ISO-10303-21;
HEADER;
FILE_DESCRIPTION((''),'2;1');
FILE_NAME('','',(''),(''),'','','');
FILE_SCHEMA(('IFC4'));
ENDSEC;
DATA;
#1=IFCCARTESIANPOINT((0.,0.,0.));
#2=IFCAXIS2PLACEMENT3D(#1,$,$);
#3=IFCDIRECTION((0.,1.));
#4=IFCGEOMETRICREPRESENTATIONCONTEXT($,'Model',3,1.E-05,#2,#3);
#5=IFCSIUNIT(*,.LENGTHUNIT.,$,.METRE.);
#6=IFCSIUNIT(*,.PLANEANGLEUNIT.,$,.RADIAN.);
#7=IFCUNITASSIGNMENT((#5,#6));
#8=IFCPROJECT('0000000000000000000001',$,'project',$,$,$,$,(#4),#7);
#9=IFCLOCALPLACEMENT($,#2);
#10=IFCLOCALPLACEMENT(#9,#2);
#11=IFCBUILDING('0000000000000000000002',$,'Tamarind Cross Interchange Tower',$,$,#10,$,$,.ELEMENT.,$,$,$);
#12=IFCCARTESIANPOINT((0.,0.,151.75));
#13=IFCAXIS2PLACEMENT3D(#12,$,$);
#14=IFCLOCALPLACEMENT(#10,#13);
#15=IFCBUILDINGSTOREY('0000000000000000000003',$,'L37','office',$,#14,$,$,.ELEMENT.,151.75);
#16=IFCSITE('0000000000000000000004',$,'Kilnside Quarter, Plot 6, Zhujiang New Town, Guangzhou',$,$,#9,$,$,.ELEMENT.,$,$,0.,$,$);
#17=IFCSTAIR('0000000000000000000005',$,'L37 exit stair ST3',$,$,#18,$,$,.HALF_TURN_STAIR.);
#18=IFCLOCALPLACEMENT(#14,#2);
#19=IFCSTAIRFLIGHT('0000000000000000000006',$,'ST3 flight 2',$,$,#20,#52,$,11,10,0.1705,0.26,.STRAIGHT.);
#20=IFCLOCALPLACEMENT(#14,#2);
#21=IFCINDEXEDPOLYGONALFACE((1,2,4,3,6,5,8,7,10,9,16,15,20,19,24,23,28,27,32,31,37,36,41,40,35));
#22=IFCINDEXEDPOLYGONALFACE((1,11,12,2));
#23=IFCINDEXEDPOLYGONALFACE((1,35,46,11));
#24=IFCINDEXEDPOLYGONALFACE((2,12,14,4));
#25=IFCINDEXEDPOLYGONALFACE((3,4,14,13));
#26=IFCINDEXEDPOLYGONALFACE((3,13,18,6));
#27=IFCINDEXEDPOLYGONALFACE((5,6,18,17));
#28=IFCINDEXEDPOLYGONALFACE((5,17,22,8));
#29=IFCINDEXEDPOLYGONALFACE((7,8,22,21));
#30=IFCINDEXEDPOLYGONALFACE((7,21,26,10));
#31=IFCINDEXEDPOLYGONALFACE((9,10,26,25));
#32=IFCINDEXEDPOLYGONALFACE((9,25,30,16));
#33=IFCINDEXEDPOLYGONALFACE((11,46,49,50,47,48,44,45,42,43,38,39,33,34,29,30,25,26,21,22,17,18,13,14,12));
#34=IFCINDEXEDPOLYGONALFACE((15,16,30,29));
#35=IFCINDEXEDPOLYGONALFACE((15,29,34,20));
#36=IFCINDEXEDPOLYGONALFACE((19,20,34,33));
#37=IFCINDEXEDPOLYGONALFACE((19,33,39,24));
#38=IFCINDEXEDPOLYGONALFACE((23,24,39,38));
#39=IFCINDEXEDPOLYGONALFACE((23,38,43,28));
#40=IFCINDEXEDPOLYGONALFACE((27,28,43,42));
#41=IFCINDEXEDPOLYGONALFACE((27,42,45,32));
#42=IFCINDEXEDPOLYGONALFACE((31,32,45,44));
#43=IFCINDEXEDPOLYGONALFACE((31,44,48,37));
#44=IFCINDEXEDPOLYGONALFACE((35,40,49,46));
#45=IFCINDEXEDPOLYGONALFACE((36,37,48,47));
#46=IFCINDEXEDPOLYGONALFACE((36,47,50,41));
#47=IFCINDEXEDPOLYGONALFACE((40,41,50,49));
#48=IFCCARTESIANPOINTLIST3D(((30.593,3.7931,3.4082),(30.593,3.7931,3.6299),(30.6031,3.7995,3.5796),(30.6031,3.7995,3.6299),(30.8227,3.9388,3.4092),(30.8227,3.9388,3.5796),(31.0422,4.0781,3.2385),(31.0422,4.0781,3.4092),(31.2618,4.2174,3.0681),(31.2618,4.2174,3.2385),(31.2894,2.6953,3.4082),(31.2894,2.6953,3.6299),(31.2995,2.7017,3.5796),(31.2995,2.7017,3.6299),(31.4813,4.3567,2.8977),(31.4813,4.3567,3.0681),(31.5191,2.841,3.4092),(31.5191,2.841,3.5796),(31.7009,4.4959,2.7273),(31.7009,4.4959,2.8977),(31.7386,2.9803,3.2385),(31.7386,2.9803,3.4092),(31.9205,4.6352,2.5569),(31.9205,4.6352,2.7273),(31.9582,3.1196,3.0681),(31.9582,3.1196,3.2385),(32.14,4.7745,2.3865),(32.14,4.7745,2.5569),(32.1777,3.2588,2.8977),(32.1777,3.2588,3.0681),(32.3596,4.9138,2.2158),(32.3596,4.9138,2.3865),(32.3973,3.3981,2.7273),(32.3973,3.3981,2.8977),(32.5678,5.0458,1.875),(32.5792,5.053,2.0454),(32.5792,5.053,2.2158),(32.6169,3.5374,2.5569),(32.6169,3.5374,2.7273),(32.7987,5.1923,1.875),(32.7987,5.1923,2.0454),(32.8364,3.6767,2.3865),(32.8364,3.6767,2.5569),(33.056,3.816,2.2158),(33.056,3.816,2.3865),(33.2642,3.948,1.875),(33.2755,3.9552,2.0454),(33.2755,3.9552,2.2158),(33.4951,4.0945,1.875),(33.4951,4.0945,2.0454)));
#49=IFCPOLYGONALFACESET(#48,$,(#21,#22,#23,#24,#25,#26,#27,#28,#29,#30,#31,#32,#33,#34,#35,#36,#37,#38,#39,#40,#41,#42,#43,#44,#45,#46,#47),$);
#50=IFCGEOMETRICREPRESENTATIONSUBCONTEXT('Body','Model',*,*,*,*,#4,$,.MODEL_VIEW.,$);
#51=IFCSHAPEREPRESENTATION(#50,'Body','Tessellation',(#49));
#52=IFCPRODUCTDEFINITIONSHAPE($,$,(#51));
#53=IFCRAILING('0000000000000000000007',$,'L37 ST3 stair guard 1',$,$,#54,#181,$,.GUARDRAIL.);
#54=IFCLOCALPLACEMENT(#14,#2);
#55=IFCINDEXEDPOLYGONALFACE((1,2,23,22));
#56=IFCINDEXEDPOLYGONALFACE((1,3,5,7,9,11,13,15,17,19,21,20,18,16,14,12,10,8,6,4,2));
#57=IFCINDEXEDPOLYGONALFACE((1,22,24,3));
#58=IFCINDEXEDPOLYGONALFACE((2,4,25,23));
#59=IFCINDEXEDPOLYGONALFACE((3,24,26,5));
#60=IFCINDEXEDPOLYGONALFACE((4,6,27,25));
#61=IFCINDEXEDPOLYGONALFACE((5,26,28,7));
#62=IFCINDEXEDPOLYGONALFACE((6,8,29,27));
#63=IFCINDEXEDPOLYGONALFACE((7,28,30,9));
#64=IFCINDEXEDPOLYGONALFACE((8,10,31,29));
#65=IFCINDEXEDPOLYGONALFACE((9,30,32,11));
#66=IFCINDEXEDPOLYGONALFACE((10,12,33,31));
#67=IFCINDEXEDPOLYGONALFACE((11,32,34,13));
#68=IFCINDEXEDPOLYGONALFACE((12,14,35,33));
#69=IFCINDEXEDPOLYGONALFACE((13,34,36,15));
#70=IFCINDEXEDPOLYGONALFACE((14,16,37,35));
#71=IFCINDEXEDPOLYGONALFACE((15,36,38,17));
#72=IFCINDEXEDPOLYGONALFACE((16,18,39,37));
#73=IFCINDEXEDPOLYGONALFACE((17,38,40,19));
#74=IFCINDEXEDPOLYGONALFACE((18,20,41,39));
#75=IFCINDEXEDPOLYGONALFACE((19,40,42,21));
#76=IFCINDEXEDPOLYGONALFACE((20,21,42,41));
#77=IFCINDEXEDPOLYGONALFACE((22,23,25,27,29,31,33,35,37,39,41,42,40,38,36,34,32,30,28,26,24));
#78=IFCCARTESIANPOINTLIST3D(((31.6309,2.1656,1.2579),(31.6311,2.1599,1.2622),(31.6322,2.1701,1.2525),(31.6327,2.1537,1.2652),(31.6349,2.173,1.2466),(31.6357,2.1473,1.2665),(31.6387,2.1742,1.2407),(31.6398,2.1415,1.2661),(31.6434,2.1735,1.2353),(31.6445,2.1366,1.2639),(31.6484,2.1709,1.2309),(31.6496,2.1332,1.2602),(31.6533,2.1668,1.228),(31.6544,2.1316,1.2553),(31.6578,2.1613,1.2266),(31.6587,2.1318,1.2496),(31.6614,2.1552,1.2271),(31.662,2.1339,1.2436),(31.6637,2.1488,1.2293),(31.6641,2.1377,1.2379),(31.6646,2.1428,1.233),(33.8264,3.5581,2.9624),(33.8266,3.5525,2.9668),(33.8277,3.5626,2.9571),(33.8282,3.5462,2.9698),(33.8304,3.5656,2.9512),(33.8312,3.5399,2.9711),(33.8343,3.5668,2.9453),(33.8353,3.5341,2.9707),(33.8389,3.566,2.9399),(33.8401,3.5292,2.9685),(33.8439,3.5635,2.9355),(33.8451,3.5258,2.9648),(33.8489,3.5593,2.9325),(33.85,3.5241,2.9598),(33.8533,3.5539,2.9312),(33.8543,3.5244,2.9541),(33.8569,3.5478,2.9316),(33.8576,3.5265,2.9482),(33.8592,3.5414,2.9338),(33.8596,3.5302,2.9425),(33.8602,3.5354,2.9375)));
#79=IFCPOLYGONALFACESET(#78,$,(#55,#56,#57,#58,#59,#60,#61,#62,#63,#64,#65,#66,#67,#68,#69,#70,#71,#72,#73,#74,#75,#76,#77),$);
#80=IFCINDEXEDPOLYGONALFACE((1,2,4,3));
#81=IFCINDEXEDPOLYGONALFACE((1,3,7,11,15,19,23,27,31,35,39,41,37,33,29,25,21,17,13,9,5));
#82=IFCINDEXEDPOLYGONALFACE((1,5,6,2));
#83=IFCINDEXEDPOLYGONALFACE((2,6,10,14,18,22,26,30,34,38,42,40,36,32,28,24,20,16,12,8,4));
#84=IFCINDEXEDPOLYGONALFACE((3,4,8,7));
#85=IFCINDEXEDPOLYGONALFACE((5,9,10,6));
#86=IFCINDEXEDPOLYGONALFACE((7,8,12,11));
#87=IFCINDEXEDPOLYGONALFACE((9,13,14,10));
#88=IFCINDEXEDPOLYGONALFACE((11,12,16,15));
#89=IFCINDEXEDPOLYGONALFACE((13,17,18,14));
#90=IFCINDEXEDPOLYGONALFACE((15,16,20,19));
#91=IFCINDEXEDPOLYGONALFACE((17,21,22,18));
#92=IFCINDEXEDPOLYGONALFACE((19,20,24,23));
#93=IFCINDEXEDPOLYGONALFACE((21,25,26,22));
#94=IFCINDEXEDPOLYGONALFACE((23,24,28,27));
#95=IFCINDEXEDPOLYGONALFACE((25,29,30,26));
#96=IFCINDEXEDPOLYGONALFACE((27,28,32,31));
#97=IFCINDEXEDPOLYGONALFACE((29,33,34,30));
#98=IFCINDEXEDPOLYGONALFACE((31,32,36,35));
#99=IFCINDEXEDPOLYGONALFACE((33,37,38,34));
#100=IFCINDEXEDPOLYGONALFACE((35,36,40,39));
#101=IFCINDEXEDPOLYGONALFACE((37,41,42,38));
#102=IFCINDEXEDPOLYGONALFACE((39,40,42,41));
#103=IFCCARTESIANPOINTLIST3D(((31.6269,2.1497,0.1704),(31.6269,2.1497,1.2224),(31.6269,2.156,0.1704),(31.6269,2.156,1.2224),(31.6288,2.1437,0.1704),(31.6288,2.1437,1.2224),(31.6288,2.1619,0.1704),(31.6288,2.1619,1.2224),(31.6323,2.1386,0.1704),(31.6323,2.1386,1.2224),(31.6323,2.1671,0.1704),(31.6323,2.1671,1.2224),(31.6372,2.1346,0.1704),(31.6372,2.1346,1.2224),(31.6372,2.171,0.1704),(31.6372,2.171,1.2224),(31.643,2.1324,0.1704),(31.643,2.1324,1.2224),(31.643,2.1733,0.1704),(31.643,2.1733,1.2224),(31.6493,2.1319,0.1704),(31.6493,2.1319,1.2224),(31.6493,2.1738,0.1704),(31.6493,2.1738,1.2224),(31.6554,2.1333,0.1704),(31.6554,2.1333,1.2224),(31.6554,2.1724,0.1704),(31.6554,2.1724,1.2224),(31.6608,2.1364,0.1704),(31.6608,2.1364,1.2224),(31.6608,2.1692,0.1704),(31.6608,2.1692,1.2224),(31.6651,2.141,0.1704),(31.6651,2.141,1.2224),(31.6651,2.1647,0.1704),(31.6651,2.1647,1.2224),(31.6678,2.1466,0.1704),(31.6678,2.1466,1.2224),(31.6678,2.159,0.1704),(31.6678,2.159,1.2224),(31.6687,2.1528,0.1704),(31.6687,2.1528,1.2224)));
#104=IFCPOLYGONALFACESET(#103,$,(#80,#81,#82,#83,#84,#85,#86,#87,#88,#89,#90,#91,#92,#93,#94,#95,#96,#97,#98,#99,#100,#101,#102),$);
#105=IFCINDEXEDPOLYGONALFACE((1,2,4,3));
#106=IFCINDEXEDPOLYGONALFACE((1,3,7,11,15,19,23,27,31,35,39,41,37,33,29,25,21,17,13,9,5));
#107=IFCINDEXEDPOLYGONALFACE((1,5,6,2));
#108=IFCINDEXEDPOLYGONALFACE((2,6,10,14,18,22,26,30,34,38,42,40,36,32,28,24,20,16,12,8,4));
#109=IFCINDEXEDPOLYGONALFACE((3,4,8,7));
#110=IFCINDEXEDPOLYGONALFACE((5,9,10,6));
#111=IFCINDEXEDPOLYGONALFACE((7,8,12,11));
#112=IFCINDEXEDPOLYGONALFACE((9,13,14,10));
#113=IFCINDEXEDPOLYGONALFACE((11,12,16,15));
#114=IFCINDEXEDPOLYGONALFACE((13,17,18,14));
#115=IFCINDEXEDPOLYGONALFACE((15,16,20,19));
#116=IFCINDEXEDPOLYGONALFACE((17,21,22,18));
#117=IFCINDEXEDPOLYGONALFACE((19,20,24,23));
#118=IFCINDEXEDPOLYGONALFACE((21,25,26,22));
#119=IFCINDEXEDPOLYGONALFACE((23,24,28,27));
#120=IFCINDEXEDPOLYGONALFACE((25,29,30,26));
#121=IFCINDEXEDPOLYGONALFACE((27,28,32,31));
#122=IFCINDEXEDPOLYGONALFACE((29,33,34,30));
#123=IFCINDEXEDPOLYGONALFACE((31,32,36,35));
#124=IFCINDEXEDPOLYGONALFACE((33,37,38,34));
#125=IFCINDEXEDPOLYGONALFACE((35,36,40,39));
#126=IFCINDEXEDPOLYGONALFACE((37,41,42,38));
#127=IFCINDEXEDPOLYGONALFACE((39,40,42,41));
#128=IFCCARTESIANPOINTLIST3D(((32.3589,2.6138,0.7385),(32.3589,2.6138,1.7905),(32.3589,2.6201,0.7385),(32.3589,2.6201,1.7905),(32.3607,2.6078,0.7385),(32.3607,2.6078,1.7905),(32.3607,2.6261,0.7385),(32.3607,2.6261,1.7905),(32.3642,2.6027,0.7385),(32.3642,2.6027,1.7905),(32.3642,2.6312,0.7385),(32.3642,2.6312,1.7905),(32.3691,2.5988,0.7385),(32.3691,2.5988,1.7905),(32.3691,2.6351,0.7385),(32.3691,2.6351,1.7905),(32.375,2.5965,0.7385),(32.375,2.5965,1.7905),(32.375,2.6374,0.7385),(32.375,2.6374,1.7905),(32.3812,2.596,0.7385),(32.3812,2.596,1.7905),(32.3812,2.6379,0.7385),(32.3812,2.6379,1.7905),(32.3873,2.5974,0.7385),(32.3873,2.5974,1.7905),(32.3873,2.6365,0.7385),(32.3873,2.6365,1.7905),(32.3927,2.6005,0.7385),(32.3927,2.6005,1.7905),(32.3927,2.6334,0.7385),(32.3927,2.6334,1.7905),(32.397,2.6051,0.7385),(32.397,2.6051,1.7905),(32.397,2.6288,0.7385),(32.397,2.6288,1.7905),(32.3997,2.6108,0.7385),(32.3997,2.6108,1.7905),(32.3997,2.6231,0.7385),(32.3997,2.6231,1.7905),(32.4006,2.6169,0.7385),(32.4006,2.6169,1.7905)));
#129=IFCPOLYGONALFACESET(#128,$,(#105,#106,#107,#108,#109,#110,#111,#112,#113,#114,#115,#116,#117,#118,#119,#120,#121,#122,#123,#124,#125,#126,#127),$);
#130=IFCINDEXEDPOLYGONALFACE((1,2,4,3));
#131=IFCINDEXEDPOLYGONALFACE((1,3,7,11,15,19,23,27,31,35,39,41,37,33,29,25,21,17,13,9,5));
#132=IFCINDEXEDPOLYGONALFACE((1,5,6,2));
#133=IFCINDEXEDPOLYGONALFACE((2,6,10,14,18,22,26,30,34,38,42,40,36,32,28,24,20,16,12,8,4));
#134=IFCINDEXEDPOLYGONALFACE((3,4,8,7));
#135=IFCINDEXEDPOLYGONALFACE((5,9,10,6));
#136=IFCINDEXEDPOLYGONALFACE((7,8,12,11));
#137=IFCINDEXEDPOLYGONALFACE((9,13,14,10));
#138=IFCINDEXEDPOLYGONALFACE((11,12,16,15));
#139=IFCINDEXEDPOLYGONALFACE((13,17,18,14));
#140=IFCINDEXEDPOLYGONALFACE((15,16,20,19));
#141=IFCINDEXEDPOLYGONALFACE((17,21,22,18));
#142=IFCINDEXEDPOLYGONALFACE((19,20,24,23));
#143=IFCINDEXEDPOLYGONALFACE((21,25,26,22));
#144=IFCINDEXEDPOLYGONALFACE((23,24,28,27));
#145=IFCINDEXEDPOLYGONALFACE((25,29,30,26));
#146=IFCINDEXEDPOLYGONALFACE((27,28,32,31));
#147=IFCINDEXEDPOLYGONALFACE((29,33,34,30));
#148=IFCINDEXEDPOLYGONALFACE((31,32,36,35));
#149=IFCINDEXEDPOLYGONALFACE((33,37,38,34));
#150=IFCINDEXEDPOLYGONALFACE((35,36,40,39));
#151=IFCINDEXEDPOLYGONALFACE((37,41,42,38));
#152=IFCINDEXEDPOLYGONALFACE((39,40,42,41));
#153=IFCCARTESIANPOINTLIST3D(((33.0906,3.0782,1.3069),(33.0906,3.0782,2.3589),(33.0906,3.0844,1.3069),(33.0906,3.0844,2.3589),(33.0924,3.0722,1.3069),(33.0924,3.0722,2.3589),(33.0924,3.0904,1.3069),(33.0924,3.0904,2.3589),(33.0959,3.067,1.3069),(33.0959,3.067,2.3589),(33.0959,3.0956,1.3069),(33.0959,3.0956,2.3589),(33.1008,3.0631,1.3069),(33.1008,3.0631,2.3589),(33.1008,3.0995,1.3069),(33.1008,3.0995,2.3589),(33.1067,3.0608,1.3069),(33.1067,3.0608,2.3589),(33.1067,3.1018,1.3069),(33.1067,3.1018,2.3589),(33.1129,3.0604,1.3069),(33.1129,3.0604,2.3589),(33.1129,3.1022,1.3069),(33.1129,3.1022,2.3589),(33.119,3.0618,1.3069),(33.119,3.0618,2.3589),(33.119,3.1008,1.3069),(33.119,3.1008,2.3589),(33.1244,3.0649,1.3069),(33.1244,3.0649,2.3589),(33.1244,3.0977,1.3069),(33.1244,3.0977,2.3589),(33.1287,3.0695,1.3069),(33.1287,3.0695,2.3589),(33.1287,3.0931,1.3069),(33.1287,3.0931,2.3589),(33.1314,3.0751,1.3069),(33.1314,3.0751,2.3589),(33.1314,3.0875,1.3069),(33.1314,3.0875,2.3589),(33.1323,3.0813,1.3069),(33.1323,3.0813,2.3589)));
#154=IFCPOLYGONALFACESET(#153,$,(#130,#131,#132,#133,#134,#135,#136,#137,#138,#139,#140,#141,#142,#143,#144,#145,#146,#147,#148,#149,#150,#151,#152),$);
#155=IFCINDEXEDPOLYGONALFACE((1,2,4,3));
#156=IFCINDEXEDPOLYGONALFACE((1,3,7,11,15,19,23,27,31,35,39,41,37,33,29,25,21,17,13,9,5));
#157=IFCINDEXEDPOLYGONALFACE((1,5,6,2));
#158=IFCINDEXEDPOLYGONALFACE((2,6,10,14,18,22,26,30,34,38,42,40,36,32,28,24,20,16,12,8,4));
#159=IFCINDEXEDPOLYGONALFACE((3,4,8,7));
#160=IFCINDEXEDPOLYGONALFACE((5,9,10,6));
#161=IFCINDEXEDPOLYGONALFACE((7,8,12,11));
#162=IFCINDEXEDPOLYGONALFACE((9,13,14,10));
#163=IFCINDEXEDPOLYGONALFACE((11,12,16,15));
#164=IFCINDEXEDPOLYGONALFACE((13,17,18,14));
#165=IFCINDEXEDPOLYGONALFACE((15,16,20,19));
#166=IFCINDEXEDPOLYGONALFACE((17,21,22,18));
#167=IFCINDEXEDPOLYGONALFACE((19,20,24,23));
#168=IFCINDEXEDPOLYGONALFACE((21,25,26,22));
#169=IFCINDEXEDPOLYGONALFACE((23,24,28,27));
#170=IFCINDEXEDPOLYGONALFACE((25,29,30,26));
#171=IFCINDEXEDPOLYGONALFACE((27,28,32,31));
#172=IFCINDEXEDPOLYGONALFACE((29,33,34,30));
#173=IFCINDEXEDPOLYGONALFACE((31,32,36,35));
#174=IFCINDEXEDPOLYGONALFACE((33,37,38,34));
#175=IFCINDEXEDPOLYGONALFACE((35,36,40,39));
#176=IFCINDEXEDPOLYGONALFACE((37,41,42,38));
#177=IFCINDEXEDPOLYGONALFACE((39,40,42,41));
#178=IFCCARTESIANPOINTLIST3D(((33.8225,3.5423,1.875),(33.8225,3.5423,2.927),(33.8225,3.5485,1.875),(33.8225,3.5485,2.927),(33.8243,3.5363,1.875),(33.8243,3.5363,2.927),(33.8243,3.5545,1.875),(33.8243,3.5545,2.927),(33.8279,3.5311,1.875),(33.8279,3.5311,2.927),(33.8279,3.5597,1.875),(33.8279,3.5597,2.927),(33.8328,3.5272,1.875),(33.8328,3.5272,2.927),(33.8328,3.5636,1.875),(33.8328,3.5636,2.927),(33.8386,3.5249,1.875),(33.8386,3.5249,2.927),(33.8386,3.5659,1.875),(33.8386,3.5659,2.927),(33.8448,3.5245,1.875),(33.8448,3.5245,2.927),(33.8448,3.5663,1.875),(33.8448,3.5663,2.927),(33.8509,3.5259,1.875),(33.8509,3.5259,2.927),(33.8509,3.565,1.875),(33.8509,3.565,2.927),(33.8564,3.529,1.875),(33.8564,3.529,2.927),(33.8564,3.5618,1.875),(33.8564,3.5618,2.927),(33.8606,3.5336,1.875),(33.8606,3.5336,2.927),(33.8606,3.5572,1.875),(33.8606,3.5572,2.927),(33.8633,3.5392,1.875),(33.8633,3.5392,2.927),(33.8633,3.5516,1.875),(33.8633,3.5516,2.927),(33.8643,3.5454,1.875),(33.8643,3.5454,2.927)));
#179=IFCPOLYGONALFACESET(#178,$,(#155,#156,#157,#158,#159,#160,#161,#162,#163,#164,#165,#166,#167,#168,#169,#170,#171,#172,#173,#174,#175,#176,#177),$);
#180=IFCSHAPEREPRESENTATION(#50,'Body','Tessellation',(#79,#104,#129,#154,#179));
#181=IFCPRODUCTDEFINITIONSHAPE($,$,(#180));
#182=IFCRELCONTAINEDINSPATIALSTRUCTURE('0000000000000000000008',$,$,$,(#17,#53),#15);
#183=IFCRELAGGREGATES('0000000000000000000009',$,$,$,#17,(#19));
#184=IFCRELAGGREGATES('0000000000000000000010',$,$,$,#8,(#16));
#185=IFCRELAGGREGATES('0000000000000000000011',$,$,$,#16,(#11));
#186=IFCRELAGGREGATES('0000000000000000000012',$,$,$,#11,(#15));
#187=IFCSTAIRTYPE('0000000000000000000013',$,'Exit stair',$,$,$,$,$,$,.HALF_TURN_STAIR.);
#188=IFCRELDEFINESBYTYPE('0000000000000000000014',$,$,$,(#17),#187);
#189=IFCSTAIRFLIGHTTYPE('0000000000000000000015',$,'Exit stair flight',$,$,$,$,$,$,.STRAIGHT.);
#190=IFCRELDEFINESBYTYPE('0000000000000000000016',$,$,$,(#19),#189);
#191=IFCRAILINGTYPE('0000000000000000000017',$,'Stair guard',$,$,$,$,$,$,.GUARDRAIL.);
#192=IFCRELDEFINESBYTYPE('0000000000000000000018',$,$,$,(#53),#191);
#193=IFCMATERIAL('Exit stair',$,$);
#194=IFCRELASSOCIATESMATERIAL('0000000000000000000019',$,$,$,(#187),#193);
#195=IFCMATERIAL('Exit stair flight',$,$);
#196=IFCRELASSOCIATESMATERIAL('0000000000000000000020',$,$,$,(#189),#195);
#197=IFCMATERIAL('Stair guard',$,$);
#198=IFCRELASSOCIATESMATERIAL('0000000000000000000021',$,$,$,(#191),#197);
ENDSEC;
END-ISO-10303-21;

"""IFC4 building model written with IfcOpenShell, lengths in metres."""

from ifc_helpers import new_model, si_unit, direction, frame, origin, origin_2d, place, context, subcontext, project, spatial, polyline, circle, outline, extrude, material, type_object, element, aggregate, save


model = new_model("IFC4")

# Units and contexts
model_context = context("Model", 3, precision=1e-05, world=origin(), true_north=direction((0.0, 1.0)))
body_context = subcontext(model_context, "Body", "Model", "MODEL_VIEW")
ifc_project = project(units=[si_unit("LENGTHUNIT", "METRE"), si_unit("PLANEANGLEUNIT", "RADIAN")], contexts=[model_context])

# Site, building, storey
site_placement = place(None, origin())
site = spatial("IfcSite", under=ifc_project, at=site_placement, Name="Kilnside Quarter, Plot 6, Zhujiang New Town, Guangzhou", CompositionType="ELEMENT", RefElevation=0.0)
building_placement = place(site_placement, origin())
building = spatial("IfcBuilding", under=site, at=building_placement, Name="Tamarind Cross Interchange Tower", CompositionType="ELEMENT")
storey_placement = place(building_placement, frame((0.0, 0.0, 151.75)))
storey = spatial("IfcBuildingStorey", under=building, at=storey_placement, Name="L37", Description="office", CompositionType="ELEMENT", Elevation=151.75)

# Stair, stair flight
ifc_material_1 = material(Name="Exit stair")
stair_type = type_object("IfcStairType", Name="Exit stair", PredefinedType="HALF_TURN_STAIR", material=ifc_material_1)
stair_placement = place(storey_placement, origin())
stair = element("IfcStair", 1, at=stair_placement, inside=storey, type_object=stair_type, Name="L37 exit stair ST3", PredefinedType="HALF_TURN_STAIR")
ifc_material_2 = material(Name="Exit stair flight")
stair_flight_type = type_object("IfcStairFlightType", Name="Exit stair flight", PredefinedType="STRAIGHT", material=ifc_material_2)
stair_flight_1_placement = place(storey_placement, frame((33.147, 4.6433, 1.875), z_axis=(0.0, 0.0, 1.0), x_axis=(-0.844433, -0.535662, 0.0)))
stair_flight_1 = element("IfcStairFlight", 2, at=stair_flight_1_placement, type_object=stair_flight_type, Name="ST3 flight 2", NumberOfRisers=11, NumberOfTreads=10, PredefinedType="STRAIGHT", RiserHeight=0.1705, TreadLength=0.26, context=body_context, shape_type="SweptSolid", body=[
    extrude(outline(polyline([(0.0, 0.0), (0.0, 0.1704), (0.26, 0.1704), (0.26, 0.3408), (0.52, 0.3408), (0.52, 0.5115), (0.78, 0.5115), (0.78, 0.6819), (1.04, 0.6819), (1.04, 0.8523), (1.3, 0.8523), (1.3, 1.0227), (1.5601, 1.0227), (1.5601, 1.1931), (1.8201, 1.1931), (1.8201, 1.3635), (2.0801, 1.3635), (2.0801, 1.5342), (2.3401, 1.5342), (2.3401, 1.7046), (2.6001, 1.7046), (2.6001, 1.7549), (2.6121, 1.7549), (2.6121, 1.5332), (0.2734, 0.0), (0.0, 0.0)])), frame((0.0, 0.6499, 0.0), z_axis=(0.0, -1.0, 0.0), x_axis=(1.0, 0.0, 0.0)), (0.0, 0.0, 1.0), 1.3),
])
aggregate(stair, [stair_flight_1])

# Railing
ifc_material_3 = material(Name="Stair guard")
railing_type_1 = type_object("IfcRailingType", Name="Stair guard", PredefinedType="GUARDRAIL", material=ifc_material_3)
railing_1_placement = place(storey_placement, frame((31.6477, 2.1528, 0.1704)))
element("IfcRailing", 3, at=railing_1_placement, inside=storey, type_object=railing_type_1, Name="L37 ST3 stair guard 1", PredefinedType="GUARDRAIL", context=body_context, shape_type="SweptSolid", body=[
    extrude(circle(Radius=0.0239, at=origin_2d()), frame((0.0, 0.0, 1.0762), z_axis=(0.706213, 0.44793, 0.54829), x_axis=(-0.535617, 0.844461, 0.0)), (0.0, 0.0, 1.0), 3.1089),
    extrude(circle(Radius=0.021, at=origin_2d()), origin(), (0.0, 0.0, 1.0), 1.052),
    extrude(circle(Radius=0.021, at=origin_2d()), frame((0.7319, 0.4641, 0.5681)), (0.0, 0.0, 1.0), 1.052),
    extrude(circle(Radius=0.021, at=origin_2d()), frame((1.4636, 0.9285, 1.1365)), (0.0, 0.0, 1.0), 1.052),
    extrude(circle(Radius=0.021, at=origin_2d()), frame((2.1956, 1.3926, 1.7046)), (0.0, 0.0, 1.0), 1.052),
])

save(model, "model.ifc")
